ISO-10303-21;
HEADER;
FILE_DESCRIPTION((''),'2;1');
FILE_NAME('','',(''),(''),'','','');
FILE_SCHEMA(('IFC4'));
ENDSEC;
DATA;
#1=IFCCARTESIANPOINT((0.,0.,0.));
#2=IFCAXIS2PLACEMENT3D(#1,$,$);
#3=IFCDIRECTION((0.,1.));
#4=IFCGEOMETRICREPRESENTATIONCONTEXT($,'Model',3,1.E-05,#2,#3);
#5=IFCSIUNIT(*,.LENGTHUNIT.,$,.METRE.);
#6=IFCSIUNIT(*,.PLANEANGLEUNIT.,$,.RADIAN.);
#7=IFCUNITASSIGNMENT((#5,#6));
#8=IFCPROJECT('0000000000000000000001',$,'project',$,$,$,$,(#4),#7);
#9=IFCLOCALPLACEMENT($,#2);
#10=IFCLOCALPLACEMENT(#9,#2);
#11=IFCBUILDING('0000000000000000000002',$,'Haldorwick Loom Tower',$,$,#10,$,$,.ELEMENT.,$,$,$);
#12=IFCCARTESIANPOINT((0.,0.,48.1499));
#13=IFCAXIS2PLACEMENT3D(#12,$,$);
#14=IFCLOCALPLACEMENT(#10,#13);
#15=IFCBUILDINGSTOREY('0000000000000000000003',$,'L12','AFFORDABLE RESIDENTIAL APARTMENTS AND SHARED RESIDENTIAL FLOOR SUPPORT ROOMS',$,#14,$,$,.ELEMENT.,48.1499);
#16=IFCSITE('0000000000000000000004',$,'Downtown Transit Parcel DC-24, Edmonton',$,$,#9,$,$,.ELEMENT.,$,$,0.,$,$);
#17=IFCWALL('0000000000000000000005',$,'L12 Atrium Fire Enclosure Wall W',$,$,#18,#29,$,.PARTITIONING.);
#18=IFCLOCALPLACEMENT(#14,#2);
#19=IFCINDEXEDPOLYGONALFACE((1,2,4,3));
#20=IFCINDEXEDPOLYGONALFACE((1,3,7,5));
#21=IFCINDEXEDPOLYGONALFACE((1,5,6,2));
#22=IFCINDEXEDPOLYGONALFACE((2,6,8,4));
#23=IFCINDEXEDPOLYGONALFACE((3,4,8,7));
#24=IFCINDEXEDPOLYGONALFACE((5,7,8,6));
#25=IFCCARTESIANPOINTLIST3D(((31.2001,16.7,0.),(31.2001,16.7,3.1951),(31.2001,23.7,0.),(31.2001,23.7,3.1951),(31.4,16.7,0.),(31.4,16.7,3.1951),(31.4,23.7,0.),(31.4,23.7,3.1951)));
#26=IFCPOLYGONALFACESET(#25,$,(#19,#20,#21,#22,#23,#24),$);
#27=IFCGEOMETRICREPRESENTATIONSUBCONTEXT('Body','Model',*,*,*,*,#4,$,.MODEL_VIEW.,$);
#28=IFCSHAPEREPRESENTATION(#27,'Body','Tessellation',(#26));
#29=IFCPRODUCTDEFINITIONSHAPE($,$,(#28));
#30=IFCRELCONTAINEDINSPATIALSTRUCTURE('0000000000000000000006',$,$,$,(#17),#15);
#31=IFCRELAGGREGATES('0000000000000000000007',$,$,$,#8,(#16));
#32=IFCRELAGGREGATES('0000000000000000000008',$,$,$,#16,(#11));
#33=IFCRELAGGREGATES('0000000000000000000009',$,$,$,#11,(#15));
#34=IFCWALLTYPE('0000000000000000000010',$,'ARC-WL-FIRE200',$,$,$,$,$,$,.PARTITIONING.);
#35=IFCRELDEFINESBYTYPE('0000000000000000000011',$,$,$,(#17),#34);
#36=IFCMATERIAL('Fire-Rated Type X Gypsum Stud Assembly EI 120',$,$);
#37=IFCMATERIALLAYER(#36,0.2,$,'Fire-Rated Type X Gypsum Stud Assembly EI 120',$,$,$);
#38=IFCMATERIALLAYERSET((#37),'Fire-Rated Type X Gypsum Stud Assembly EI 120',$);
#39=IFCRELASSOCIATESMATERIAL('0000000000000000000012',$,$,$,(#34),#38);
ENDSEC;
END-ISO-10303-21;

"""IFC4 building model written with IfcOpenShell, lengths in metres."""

from ifc_helpers import new_model, si_unit, direction, frame, frame_2d, origin, place, context, subcontext, project, spatial, rectangle, extrude, material, layer, layer_set, type_object, element, save


model = new_model("IFC4")

# Units and contexts
model_context = context("Model", 3, precision=1e-05, world=origin(), true_north=direction((0.0, 1.0)))
body_context = subcontext(model_context, "Body", "Model", "MODEL_VIEW")
ifc_project = project(units=[si_unit("LENGTHUNIT", "METRE"), si_unit("PLANEANGLEUNIT", "RADIAN")], contexts=[model_context])

# Site, building, storey
site_placement = place(None, origin())
site = spatial("IfcSite", under=ifc_project, at=site_placement, Name="Downtown Transit Parcel DC-24, Edmonton", CompositionType="ELEMENT", RefElevation=0.0)
building_placement = place(site_placement, origin())
building = spatial("IfcBuilding", under=site, at=building_placement, Name="Haldorwick Loom Tower", CompositionType="ELEMENT")
storey_placement = place(building_placement, frame((0.0, 0.0, 48.1499)))
storey = spatial("IfcBuildingStorey", under=building, at=storey_placement, Name="L12", Description="AFFORDABLE RESIDENTIAL APARTMENTS AND SHARED RESIDENTIAL FLOOR SUPPORT ROOMS", CompositionType="ELEMENT", Elevation=48.1499)

# Wall
ifc_material_1 = material(Name="Fire-Rated Type X Gypsum Stud Assembly EI 120")
ifc_layer_1 = layer(ifc_material_1, 0.2, Name="Fire-Rated Type X Gypsum Stud Assembly EI 120")
ifc_layer_set_1 = layer_set([ifc_layer_1], Name="Fire-Rated Type X Gypsum Stud Assembly EI 120")
wall_type_1 = type_object("IfcWallType", Name="ARC-WL-FIRE200", PredefinedType="PARTITIONING", material=ifc_layer_set_1)
wall_1_placement = place(storey_placement, frame((31.3, 16.7, 0.0), z_axis=(0.0, 0.0, 1.0), x_axis=(0.0, 1.0, 0.0)))
element("IfcWall", 1, at=wall_1_placement, inside=storey, type_object=wall_type_1, Name="L12 Atrium Fire Enclosure Wall W", PredefinedType="PARTITIONING", context=body_context, shape_type="SweptSolid", body=[
    extrude(rectangle(XDim=7.0, YDim=0.2, at=frame_2d((3.5, 0.0))), origin(), (0.0, 0.0, 1.0), 3.1951),
])

save(model, "model.ifc")
